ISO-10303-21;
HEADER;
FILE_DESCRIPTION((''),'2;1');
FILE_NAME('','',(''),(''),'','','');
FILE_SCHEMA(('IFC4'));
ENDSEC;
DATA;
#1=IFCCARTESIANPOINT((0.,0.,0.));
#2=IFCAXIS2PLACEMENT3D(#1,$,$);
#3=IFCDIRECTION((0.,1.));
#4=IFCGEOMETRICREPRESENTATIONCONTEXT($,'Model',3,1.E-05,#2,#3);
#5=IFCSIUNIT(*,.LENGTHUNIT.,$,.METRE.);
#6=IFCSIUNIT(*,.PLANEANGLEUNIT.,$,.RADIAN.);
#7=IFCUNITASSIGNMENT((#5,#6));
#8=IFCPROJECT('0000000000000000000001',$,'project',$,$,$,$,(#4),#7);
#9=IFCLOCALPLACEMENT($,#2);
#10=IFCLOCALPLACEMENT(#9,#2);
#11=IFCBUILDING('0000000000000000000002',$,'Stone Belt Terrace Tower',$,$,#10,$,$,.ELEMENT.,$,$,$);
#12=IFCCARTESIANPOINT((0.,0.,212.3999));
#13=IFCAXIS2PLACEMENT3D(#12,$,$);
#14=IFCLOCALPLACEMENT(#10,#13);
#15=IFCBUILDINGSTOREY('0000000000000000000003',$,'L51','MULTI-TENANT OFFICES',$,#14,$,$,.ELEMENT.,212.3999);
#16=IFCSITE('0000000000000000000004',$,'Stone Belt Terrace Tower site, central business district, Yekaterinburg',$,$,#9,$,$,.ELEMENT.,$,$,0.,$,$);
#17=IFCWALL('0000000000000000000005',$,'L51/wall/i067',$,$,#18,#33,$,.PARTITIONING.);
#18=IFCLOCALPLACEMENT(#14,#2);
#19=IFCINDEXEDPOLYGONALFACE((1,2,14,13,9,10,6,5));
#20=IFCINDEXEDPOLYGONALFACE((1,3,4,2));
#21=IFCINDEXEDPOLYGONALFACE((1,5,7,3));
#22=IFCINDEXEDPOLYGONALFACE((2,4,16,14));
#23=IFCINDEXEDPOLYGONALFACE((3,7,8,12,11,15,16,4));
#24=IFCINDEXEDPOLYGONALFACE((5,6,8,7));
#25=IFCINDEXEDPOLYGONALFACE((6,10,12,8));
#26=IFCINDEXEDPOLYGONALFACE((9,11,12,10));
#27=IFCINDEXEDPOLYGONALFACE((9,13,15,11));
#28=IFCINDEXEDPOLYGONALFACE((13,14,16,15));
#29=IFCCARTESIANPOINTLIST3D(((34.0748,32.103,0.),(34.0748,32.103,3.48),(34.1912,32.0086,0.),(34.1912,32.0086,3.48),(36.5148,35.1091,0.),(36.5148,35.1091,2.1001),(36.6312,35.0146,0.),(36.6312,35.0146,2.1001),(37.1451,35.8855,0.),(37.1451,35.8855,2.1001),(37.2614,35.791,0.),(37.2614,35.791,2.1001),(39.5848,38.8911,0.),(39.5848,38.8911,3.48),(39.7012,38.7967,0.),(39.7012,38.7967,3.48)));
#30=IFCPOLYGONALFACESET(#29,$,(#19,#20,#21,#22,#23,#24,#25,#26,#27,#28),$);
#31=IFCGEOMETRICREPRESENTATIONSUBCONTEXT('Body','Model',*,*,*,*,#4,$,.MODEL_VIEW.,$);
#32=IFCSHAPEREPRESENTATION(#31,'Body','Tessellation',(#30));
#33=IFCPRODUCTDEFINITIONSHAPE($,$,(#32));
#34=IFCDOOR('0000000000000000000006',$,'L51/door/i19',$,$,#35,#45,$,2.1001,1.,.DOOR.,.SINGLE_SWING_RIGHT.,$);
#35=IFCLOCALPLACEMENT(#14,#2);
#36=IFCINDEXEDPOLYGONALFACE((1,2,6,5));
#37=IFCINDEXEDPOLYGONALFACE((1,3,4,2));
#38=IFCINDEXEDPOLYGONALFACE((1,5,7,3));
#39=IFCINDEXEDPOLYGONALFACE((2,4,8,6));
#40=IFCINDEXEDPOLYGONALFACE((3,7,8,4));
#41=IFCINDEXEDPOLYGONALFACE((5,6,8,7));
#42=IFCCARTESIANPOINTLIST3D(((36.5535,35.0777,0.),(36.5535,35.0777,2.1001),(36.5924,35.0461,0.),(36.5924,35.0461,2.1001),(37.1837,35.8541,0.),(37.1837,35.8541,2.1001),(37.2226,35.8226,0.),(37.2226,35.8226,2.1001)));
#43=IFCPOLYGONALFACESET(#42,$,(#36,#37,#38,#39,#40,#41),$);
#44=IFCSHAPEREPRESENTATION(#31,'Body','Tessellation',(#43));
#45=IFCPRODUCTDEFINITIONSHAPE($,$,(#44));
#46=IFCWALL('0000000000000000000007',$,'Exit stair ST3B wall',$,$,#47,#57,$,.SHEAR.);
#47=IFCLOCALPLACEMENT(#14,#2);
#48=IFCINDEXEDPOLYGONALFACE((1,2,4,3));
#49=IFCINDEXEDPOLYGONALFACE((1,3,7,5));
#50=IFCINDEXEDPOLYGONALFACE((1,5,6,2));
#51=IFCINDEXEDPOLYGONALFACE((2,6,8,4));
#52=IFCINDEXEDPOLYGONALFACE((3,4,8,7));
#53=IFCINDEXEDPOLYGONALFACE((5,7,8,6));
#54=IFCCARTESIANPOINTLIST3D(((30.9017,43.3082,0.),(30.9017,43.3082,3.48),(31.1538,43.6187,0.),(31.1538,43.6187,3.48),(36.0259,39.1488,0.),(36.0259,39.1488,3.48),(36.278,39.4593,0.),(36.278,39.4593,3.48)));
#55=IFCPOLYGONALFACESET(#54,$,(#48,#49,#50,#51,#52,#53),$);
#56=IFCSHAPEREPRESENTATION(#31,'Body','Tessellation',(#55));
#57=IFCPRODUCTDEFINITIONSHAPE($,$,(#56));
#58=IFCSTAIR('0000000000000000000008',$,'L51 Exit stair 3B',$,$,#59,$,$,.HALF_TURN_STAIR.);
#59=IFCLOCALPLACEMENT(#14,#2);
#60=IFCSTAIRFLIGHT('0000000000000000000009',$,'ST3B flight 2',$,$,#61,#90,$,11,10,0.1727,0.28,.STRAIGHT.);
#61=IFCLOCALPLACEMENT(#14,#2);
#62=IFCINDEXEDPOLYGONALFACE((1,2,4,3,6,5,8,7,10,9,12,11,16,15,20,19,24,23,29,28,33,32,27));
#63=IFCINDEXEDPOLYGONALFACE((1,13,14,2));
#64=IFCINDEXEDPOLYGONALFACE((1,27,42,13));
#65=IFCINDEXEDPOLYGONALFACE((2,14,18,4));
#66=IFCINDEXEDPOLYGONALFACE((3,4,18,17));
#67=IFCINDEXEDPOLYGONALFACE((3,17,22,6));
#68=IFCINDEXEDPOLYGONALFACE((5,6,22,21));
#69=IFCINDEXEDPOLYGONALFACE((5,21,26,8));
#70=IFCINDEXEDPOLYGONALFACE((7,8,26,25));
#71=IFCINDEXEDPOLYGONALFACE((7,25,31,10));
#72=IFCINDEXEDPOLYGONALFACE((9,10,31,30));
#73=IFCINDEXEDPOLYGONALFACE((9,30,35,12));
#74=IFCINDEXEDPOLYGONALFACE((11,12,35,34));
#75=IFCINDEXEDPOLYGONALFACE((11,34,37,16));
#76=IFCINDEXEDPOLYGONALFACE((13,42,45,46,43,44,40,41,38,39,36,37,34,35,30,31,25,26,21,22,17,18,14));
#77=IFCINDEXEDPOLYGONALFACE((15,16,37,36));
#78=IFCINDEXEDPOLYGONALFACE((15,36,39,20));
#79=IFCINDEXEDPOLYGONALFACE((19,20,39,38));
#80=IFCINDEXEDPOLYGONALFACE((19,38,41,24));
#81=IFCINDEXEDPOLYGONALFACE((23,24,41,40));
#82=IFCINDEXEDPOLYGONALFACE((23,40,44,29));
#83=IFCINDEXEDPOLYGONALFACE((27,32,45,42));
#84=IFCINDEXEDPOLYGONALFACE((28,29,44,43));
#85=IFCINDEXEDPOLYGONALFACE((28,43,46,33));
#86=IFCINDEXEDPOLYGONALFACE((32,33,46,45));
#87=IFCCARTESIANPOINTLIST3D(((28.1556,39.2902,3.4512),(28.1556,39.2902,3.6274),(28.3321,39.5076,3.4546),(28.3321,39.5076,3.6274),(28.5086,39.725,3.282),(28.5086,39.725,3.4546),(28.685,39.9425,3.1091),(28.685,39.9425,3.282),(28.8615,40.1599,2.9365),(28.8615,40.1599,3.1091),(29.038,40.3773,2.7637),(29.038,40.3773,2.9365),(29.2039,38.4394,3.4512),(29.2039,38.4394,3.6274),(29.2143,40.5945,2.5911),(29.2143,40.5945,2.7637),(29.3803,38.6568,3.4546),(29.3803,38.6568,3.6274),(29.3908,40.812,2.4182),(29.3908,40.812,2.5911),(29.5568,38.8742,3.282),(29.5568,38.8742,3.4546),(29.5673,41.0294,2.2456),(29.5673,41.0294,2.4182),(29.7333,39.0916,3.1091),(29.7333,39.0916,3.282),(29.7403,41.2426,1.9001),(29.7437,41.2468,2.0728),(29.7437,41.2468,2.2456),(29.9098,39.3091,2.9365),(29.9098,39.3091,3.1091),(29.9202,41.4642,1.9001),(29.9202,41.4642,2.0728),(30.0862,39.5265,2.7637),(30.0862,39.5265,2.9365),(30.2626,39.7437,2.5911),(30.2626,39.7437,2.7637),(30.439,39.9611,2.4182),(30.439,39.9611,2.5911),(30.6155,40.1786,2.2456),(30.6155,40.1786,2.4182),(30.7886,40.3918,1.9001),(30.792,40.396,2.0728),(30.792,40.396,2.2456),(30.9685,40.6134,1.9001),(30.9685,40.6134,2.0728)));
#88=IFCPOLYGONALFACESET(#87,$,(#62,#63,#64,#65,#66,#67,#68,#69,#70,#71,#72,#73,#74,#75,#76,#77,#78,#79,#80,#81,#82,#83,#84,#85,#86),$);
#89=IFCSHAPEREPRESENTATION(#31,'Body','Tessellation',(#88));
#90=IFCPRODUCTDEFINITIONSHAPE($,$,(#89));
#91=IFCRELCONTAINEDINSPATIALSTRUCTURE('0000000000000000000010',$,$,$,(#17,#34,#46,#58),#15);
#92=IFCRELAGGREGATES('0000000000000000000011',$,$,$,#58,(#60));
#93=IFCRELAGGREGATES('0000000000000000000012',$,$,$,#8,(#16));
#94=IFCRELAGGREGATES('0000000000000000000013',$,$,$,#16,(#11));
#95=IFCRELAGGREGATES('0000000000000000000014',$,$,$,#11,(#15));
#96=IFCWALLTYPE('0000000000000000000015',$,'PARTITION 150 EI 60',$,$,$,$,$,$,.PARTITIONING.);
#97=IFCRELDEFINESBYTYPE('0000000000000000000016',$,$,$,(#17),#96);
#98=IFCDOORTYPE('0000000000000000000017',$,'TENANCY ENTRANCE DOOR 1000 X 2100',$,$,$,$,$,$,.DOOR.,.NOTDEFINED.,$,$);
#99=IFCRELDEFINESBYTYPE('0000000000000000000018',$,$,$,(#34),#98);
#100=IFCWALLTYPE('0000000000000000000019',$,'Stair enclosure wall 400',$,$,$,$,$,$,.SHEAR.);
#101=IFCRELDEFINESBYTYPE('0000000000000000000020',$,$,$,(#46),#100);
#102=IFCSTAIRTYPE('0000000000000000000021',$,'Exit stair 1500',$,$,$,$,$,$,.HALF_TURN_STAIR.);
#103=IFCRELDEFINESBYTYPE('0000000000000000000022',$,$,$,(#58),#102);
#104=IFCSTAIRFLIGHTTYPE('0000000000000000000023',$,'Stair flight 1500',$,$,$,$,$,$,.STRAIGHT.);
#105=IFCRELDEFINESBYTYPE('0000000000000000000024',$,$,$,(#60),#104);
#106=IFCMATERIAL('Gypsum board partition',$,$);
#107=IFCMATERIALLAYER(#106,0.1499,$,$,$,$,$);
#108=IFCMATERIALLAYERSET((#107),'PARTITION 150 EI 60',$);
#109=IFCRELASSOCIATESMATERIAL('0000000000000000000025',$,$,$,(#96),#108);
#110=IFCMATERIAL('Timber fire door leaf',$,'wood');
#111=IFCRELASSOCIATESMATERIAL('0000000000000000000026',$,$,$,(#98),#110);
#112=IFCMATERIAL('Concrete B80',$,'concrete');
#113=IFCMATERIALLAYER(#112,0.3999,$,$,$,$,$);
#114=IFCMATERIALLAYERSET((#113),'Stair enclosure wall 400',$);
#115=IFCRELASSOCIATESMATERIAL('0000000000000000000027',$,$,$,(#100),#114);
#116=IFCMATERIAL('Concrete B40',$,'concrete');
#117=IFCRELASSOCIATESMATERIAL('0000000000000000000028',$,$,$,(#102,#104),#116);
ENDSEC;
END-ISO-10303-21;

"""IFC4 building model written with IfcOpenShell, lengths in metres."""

from ifc_helpers import new_model, si_unit, direction, frame, frame_2d, origin, place, context, subcontext, project, spatial, polyline, rectangle, outline, extrude, material, layer, layer_set, type_object, element, fill, aggregate, save


model = new_model("IFC4")

# Units and contexts
model_context = context("Model", 3, precision=1e-05, world=origin(), true_north=direction((0.0, 1.0)))
body_context = subcontext(model_context, "Body", "Model", "MODEL_VIEW")
ifc_project = project(units=[si_unit("LENGTHUNIT", "METRE"), si_unit("PLANEANGLEUNIT", "RADIAN")], contexts=[model_context])

# Site, building, storey
site_placement = place(None, origin())
site = spatial("IfcSite", under=ifc_project, at=site_placement, Name="Stone Belt Terrace Tower site, central business district, Yekaterinburg", CompositionType="ELEMENT", RefElevation=0.0)
building_placement = place(site_placement, origin())
building = spatial("IfcBuilding", under=site, at=building_placement, Name="Stone Belt Terrace Tower", CompositionType="ELEMENT")
storey_placement = place(building_placement, frame((0.0, 0.0, 212.3999)))
storey = spatial("IfcBuildingStorey", under=building, at=storey_placement, Name="L51", Description="MULTI-TENANT OFFICES", CompositionType="ELEMENT", Elevation=212.3999)

# Shared definitions
ifc_material_1 = material(Name="Gypsum board partition")
ifc_layer_1 = layer(ifc_material_1, 0.1499)
ifc_layer_set_1 = layer_set([ifc_layer_1], Name="PARTITION 150 EI 60")
wall_type_1 = type_object("IfcWallType", Name="PARTITION 150 EI 60", PredefinedType="PARTITIONING", material=ifc_layer_set_1)

# Shared definitions
ifc_material_2 = material(Name="Timber fire door leaf", Category="wood")
door_type_1 = type_object("IfcDoorType", Name="TENANCY ENTRANCE DOOR 1000 X 2100", OperationType="NOTDEFINED", PredefinedType="DOOR", material=ifc_material_2)

# Wall, opening, door
wall_1_placement = place(storey_placement, frame((39.6431, 38.844, 0.0), z_axis=(0.0, 0.0, 1.0), x_axis=(-0.630227, -0.776411, 0.0)))
wall_1 = element("IfcWall", 1, at=wall_1_placement, inside=storey, type_object=wall_type_1, Name="L51/wall/i067", PredefinedType="PARTITIONING", context=body_context, shape_type="SweptSolid", body=[
    extrude(rectangle(XDim=8.7429, YDim=0.1499, at=frame_2d((4.3716, 0.0))), origin(), (0.0, 0.0, 1.0), 3.48),
])
opening_1_placement = place(wall_1_placement, frame((3.8713, 0.0, 0.0)))
opening_1 = element("IfcOpeningElement", 2, at=opening_1_placement, cuts=wall_1, PredefinedType="OPENING", context=body_context, shape_type="SweptSolid", body=[
    extrude(rectangle(XDim=1.0, YDim=2.1001, at=frame_2d((0.5, 1.05))), frame((0.0, 0.085, 0.0), z_axis=(0.0, -1.0, 0.0), x_axis=(1.0, 0.0, 0.0)), (0.0, 0.0, 1.0), 0.1699),
])
door_1_placement = place(opening_1_placement, origin())
door_1 = element("IfcDoor", 3, at=door_1_placement, inside=storey, type_object=door_type_1, Name="L51/door/i19", OperationType="SINGLE_SWING_RIGHT", OverallHeight=2.1001, OverallWidth=1.0, PredefinedType="DOOR", context=body_context, shape_type="SweptSolid", body=[
    extrude(rectangle(XDim=1.0, YDim=2.1001, at=frame_2d((0.5, 1.05))), frame((0.0, 0.0249, 0.0), z_axis=(0.0, -1.0, 0.0), x_axis=(1.0, 0.0, 0.0)), (0.0, 0.0, 1.0), 0.05),
])
fill(opening_1, door_1)

# Wall
ifc_material_3 = material(Name="Concrete B80", Category="concrete")
ifc_layer_2 = layer(ifc_material_3, 0.3999)
ifc_layer_set_2 = layer_set([ifc_layer_2], Name="Stair enclosure wall 400")
wall_type_2 = type_object("IfcWallType", Name="Stair enclosure wall 400", PredefinedType="SHEAR", material=ifc_layer_set_2)
wall_2_placement = place(storey_placement, frame((31.0278, 43.4634, 0.0), z_axis=(0.0, 0.0, 1.0), x_axis=(0.776414, -0.630224, 0.0)))
element("IfcWall", 4, at=wall_2_placement, inside=storey, type_object=wall_type_2, Name="Exit stair ST3B wall", PredefinedType="SHEAR", context=body_context, shape_type="SweptSolid", body=[
    extrude(rectangle(XDim=6.5999, YDim=0.3999, at=frame_2d((3.2998, 0.0))), origin(), (0.0, 0.0, 1.0), 3.48),
])

# Stair, stair flight
ifc_material_4 = material(Name="Concrete B40", Category="concrete")
stair_type = type_object("IfcStairType", Name="Exit stair 1500", PredefinedType="HALF_TURN_STAIR", material=ifc_material_4)
stair_placement = place(storey_placement, origin())
stair = element("IfcStair", 5, at=stair_placement, inside=storey, type_object=stair_type, Name="L51 Exit stair 3B", PredefinedType="HALF_TURN_STAIR")
stair_flight_type = type_object("IfcStairFlightType", Name="Stair flight 1500", PredefinedType="STRAIGHT", material=ifc_material_4)
stair_flight_placement = place(storey_placement, frame((30.4443, 41.0388, 1.9001), z_axis=(0.0, 0.0, 1.0), x_axis=(-0.630206, -0.776428, 0.0)))
stair_flight = element("IfcStairFlight", 6, at=stair_flight_placement, type_object=stair_flight_type, Name="ST3B flight 2", NumberOfRisers=11, NumberOfTreads=10, PredefinedType="STRAIGHT", RiserHeight=0.1727, TreadLength=0.28, context=body_context, shape_type="SweptSolid", body=[
    extrude(outline(polyline([(0.0, 0.0), (0.0, 0.1726), (0.28, 0.1726), (0.28, 0.3455), (0.5601, 0.3455), (0.5601, 0.5181), (0.8401, 0.5181), (0.8401, 0.6909), (1.1201, 0.6909), (1.1201, 0.8635), (1.3999, 0.8635), (1.3999, 1.0364), (1.6799, 1.0364), (1.6799, 1.209), (1.96, 1.209), (1.96, 1.3818), (2.24, 1.3818), (2.24, 1.5544), (2.52, 1.5544), (2.52, 1.7273), (2.8, 1.7273), (2.8, 1.8999), (2.8, 1.551), (0.2854, 0.0), (0.0, 0.0)])), frame((0.0, 0.675, 0.0), z_axis=(0.0, -1.0, 0.0), x_axis=(1.0, 0.0, 0.0)), (0.0, 0.0, 1.0), 1.3501),
])
aggregate(stair, [stair_flight])

save(model, "model.ifc")
